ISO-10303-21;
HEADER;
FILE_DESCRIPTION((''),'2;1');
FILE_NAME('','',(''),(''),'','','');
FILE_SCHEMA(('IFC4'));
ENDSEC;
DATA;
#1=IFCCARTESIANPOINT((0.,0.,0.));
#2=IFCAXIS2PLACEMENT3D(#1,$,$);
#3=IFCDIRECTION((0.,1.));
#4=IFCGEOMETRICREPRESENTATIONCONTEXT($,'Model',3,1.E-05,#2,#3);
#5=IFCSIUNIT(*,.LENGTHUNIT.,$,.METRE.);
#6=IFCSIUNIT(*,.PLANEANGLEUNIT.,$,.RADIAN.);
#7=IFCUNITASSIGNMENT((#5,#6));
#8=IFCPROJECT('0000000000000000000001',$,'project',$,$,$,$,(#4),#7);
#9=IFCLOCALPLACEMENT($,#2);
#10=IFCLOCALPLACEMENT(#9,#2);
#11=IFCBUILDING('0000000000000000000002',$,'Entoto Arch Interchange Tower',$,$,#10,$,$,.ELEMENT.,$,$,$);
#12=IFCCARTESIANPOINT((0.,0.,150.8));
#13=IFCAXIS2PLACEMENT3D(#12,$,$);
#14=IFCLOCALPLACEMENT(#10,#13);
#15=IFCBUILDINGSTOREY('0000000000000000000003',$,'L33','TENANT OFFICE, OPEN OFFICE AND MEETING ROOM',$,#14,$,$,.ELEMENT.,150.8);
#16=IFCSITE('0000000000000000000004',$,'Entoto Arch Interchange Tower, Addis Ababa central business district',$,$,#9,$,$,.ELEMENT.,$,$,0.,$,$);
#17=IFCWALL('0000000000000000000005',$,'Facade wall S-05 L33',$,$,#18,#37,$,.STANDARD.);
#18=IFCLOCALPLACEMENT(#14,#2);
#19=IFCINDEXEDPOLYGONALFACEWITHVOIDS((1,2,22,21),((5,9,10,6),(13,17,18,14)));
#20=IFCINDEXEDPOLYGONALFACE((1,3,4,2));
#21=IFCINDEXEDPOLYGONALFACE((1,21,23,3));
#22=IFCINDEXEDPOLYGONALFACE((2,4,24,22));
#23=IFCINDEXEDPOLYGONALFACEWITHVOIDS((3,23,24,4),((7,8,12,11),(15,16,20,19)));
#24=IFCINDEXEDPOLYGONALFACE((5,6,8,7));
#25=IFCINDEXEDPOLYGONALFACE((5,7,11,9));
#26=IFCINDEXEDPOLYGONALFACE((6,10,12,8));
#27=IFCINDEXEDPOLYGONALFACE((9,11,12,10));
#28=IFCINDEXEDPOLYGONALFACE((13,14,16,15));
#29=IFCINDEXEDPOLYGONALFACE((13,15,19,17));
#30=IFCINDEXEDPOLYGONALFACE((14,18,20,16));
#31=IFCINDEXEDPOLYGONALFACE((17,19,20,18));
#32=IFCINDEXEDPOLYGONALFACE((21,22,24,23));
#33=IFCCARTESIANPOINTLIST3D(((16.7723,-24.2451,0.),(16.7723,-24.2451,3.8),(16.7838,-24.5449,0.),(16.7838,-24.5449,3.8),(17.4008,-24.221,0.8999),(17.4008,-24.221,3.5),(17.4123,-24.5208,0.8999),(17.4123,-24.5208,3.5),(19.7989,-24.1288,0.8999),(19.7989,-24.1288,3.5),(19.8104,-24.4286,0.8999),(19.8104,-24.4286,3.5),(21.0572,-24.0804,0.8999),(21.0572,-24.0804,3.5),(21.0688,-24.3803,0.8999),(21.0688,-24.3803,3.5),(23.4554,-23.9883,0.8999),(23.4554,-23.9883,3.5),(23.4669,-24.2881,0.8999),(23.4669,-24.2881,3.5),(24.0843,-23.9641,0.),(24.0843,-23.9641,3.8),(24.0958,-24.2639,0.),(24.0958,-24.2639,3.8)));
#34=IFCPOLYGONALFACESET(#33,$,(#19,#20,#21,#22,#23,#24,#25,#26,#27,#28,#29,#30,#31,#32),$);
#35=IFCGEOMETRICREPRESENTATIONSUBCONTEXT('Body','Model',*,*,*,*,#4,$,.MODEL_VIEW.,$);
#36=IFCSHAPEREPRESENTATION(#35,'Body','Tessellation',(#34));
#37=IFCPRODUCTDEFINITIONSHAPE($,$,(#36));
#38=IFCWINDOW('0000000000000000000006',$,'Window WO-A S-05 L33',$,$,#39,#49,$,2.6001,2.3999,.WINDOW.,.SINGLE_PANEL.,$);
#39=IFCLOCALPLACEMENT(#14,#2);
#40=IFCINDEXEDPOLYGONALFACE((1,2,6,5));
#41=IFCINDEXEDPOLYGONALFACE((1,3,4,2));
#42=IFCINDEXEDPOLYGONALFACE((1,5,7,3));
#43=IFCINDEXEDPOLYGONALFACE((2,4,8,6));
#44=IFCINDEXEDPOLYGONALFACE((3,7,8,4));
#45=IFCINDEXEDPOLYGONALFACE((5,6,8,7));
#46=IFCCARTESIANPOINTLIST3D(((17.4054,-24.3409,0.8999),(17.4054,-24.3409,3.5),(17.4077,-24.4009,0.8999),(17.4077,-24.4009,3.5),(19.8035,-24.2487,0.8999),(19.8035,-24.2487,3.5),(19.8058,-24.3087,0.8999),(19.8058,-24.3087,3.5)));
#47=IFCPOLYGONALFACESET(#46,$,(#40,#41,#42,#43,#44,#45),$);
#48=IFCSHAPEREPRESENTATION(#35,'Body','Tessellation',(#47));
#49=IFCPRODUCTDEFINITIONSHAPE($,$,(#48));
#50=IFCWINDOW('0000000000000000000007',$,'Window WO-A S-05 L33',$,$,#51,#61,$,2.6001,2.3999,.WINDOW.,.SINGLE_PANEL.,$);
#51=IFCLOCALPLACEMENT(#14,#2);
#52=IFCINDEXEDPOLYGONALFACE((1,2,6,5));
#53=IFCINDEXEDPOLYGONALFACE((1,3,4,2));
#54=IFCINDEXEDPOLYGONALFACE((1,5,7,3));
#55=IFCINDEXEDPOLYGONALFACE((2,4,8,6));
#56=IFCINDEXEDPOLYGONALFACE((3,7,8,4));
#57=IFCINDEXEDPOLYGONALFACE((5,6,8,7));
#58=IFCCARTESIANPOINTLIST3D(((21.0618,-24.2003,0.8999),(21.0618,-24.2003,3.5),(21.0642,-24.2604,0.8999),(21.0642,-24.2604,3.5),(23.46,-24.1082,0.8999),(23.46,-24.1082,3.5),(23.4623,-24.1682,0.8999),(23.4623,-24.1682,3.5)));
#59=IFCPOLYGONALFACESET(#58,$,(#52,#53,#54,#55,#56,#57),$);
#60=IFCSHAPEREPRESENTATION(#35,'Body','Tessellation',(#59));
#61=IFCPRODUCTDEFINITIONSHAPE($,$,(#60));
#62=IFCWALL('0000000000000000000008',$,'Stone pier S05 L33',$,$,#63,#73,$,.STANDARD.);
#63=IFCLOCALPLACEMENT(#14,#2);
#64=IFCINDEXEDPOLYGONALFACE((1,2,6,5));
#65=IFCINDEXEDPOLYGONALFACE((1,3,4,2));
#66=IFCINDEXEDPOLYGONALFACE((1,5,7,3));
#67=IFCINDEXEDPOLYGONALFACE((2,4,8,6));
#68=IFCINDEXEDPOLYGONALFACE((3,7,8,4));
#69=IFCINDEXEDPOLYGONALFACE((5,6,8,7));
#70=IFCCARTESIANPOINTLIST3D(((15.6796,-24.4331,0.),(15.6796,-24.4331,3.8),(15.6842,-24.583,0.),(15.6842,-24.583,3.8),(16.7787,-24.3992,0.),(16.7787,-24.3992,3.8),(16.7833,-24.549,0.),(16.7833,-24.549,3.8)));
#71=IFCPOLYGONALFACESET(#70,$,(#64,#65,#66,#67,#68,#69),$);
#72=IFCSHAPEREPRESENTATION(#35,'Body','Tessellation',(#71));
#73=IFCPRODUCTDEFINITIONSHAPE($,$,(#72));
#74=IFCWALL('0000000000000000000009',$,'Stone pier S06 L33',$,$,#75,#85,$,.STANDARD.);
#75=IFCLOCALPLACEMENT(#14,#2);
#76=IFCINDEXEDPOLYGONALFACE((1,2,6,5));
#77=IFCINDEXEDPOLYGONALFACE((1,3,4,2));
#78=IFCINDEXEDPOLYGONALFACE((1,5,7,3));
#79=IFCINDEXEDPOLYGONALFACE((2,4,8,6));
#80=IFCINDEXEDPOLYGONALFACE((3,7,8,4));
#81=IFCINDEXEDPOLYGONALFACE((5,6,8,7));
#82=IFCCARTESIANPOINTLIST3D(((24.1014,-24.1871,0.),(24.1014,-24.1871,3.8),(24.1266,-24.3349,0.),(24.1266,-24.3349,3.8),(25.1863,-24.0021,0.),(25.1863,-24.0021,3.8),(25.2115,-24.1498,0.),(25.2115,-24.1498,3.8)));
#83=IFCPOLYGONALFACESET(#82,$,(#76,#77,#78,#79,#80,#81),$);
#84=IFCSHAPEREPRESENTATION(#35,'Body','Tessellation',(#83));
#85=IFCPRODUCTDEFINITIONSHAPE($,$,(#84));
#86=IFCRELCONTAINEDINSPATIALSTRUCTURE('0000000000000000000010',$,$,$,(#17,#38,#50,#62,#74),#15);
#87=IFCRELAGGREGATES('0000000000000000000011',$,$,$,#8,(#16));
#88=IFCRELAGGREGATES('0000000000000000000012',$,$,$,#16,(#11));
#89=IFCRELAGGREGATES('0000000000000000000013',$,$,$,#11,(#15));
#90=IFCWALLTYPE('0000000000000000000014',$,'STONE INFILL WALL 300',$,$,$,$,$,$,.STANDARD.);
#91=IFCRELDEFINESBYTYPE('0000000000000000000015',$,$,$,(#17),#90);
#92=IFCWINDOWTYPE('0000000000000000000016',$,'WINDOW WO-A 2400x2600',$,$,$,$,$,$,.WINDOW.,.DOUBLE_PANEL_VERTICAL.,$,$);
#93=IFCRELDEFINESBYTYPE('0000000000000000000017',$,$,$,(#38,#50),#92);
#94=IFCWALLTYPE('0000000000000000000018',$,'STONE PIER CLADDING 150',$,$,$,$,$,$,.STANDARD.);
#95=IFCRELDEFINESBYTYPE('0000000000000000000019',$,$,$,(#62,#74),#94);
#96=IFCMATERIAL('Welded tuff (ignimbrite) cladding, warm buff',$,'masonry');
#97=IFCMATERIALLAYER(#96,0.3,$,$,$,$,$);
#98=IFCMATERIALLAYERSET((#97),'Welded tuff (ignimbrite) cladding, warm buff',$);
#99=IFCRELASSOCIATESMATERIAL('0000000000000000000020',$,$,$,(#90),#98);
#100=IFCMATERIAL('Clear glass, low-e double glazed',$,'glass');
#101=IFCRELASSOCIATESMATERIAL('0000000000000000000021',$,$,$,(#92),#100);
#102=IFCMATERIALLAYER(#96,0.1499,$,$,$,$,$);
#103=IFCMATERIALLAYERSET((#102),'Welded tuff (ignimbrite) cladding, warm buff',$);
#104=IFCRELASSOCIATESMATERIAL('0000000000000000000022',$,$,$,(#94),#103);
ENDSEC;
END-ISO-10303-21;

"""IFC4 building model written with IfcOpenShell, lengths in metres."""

from ifc_helpers import new_model, si_unit, direction, frame, frame_2d, origin, place, context, subcontext, project, spatial, rectangle, extrude, material, layer, layer_set, type_object, element, fill, save


model = new_model("IFC4")

# Units and contexts
model_context = context("Model", 3, precision=1e-05, world=origin(), true_north=direction((0.0, 1.0)))
body_context = subcontext(model_context, "Body", "Model", "MODEL_VIEW")
ifc_project = project(units=[si_unit("LENGTHUNIT", "METRE"), si_unit("PLANEANGLEUNIT", "RADIAN")], contexts=[model_context])

# Site, building, storey
site_placement = place(None, origin())
site = spatial("IfcSite", under=ifc_project, at=site_placement, Name="Entoto Arch Interchange Tower, Addis Ababa central business district", CompositionType="ELEMENT", RefElevation=0.0)
building_placement = place(site_placement, origin())
building = spatial("IfcBuilding", under=site, at=building_placement, Name="Entoto Arch Interchange Tower", CompositionType="ELEMENT")
storey_placement = place(building_placement, frame((0.0, 0.0, 150.8)))
storey = spatial("IfcBuildingStorey", under=building, at=storey_placement, Name="L33", Description="TENANT OFFICE, OPEN OFFICE AND MEETING ROOM", CompositionType="ELEMENT", Elevation=150.8)

# Wall, openings, windows
ifc_material_1 = material(Name="Welded tuff (ignimbrite) cladding, warm buff", Category="masonry")
ifc_layer_1 = layer(ifc_material_1, 0.3)
ifc_layer_set_1 = layer_set([ifc_layer_1], Name="Welded tuff (ignimbrite) cladding, warm buff")
wall_type_1 = type_object("IfcWallType", Name="STONE INFILL WALL 300", PredefinedType="STANDARD", material=ifc_layer_set_1)
wall_1_placement = place(storey_placement, frame((16.7781, -24.395, 0.0), z_axis=(0.0, 0.0, 1.0), x_axis=(0.999262, 0.038402, 0.0)))
wall_1 = element("IfcWall", 1, at=wall_1_placement, inside=storey, type_object=wall_type_1, Name="Facade wall S-05 L33", PredefinedType="STANDARD", context=body_context, shape_type="SweptSolid", body=[
    extrude(rectangle(XDim=7.3174, YDim=0.3, at=frame_2d((3.6587, 0.0))), origin(), (0.0, 0.0, 1.0), 3.8),
])
opening_1_placement = place(wall_1_placement, frame((0.6289, 0.0, 0.8999)))
opening_1 = element("IfcOpeningElement", 2, at=opening_1_placement, cuts=wall_1, PredefinedType="OPENING", context=body_context, shape_type="SweptSolid", body=[
    extrude(rectangle(XDim=2.3999, YDim=2.6001, at=frame_2d((1.2, 1.3))), frame((0.0, 0.1602, 0.0), z_axis=(0.0, -1.0, 0.0), x_axis=(1.0, 0.0, 0.0)), (0.0, 0.0, 1.0), 0.3201),
])
opening_2_placement = place(wall_1_placement, frame((4.2881, 0.0, 0.8999)))
opening_2 = element("IfcOpeningElement", 3, at=opening_2_placement, cuts=wall_1, PredefinedType="OPENING", context=body_context, shape_type="SweptSolid", body=[
    extrude(rectangle(XDim=2.3999, YDim=2.6001, at=frame_2d((1.2, 1.3))), frame((0.0, 0.1602, 0.0), z_axis=(0.0, -1.0, 0.0), x_axis=(1.0, 0.0, 0.0)), (0.0, 0.0, 1.0), 0.3201),
])
ifc_material_2 = material(Name="Clear glass, low-e double glazed", Category="glass")
window_type = type_object("IfcWindowType", Name="WINDOW WO-A 2400x2600", PartitioningType="DOUBLE_PANEL_VERTICAL", PredefinedType="WINDOW", material=ifc_material_2)
window_1_placement = place(opening_1_placement, origin())
window_1 = element("IfcWindow", 4, at=window_1_placement, inside=storey, type_object=window_type, Name="Window WO-A S-05 L33", OverallHeight=2.6001, OverallWidth=2.3999, PartitioningType="SINGLE_PANEL", PredefinedType="WINDOW", context=body_context, shape_type="SweptSolid", body=[
    extrude(rectangle(XDim=2.3999, YDim=2.6001, at=frame_2d((1.2, 1.3))), frame((0.0, 0.03, 0.0), z_axis=(0.0, -1.0, 0.0), x_axis=(1.0, 0.0, 0.0)), (0.0, 0.0, 1.0), 0.0601),
])
fill(opening_1, window_1)
window_2_placement = place(opening_2_placement, origin())
window_2 = element("IfcWindow", 5, at=window_2_placement, inside=storey, type_object=window_type, Name="Window WO-A S-05 L33", OverallHeight=2.6001, OverallWidth=2.3999, PartitioningType="SINGLE_PANEL", PredefinedType="WINDOW", context=body_context, shape_type="SweptSolid", body=[
    extrude(rectangle(XDim=2.3999, YDim=2.6001, at=frame_2d((1.2, 1.3))), frame((0.0, 0.03, 0.0), z_axis=(0.0, -1.0, 0.0), x_axis=(1.0, 0.0, 0.0)), (0.0, 0.0, 1.0), 0.0601),
])
fill(opening_2, window_2)

# Walls
ifc_layer_2 = layer(ifc_material_1, 0.1499)
ifc_layer_set_2 = layer_set([ifc_layer_2], Name="Welded tuff (ignimbrite) cladding, warm buff")
wall_type_2 = type_object("IfcWallType", Name="STONE PIER CLADDING 150", PredefinedType="STANDARD", material=ifc_layer_set_2)
wall_2_placement = place(storey_placement, frame((15.6819, -24.5081, 0.0), z_axis=(0.0, 0.0, 1.0), x_axis=(0.999524, 0.03086, 0.0)))
element("IfcWall", 6, at=wall_2_placement, inside=storey, type_object=wall_type_2, Name="Stone pier S05 L33", PredefinedType="STANDARD", context=body_context, shape_type="SweptSolid", body=[
    extrude(rectangle(XDim=1.0996, YDim=0.1499, at=frame_2d((0.5498, 0.0))), origin(), (0.0, 0.0, 1.0), 3.8),
])
wall_3_placement = place(storey_placement, frame((24.114, -24.261, 0.0), z_axis=(0.0, 0.0, 1.0), x_axis=(0.985763, 0.168139, 0.0)))
element("IfcWall", 7, at=wall_3_placement, inside=storey, type_object=wall_type_2, Name="Stone pier S06 L33", PredefinedType="STANDARD", context=body_context, shape_type="SweptSolid", body=[
    extrude(rectangle(XDim=1.1006, YDim=0.1499, at=frame_2d((0.5503, 0.0))), origin(), (0.0, 0.0, 1.0), 3.8),
])

save(model, "model.ifc")
